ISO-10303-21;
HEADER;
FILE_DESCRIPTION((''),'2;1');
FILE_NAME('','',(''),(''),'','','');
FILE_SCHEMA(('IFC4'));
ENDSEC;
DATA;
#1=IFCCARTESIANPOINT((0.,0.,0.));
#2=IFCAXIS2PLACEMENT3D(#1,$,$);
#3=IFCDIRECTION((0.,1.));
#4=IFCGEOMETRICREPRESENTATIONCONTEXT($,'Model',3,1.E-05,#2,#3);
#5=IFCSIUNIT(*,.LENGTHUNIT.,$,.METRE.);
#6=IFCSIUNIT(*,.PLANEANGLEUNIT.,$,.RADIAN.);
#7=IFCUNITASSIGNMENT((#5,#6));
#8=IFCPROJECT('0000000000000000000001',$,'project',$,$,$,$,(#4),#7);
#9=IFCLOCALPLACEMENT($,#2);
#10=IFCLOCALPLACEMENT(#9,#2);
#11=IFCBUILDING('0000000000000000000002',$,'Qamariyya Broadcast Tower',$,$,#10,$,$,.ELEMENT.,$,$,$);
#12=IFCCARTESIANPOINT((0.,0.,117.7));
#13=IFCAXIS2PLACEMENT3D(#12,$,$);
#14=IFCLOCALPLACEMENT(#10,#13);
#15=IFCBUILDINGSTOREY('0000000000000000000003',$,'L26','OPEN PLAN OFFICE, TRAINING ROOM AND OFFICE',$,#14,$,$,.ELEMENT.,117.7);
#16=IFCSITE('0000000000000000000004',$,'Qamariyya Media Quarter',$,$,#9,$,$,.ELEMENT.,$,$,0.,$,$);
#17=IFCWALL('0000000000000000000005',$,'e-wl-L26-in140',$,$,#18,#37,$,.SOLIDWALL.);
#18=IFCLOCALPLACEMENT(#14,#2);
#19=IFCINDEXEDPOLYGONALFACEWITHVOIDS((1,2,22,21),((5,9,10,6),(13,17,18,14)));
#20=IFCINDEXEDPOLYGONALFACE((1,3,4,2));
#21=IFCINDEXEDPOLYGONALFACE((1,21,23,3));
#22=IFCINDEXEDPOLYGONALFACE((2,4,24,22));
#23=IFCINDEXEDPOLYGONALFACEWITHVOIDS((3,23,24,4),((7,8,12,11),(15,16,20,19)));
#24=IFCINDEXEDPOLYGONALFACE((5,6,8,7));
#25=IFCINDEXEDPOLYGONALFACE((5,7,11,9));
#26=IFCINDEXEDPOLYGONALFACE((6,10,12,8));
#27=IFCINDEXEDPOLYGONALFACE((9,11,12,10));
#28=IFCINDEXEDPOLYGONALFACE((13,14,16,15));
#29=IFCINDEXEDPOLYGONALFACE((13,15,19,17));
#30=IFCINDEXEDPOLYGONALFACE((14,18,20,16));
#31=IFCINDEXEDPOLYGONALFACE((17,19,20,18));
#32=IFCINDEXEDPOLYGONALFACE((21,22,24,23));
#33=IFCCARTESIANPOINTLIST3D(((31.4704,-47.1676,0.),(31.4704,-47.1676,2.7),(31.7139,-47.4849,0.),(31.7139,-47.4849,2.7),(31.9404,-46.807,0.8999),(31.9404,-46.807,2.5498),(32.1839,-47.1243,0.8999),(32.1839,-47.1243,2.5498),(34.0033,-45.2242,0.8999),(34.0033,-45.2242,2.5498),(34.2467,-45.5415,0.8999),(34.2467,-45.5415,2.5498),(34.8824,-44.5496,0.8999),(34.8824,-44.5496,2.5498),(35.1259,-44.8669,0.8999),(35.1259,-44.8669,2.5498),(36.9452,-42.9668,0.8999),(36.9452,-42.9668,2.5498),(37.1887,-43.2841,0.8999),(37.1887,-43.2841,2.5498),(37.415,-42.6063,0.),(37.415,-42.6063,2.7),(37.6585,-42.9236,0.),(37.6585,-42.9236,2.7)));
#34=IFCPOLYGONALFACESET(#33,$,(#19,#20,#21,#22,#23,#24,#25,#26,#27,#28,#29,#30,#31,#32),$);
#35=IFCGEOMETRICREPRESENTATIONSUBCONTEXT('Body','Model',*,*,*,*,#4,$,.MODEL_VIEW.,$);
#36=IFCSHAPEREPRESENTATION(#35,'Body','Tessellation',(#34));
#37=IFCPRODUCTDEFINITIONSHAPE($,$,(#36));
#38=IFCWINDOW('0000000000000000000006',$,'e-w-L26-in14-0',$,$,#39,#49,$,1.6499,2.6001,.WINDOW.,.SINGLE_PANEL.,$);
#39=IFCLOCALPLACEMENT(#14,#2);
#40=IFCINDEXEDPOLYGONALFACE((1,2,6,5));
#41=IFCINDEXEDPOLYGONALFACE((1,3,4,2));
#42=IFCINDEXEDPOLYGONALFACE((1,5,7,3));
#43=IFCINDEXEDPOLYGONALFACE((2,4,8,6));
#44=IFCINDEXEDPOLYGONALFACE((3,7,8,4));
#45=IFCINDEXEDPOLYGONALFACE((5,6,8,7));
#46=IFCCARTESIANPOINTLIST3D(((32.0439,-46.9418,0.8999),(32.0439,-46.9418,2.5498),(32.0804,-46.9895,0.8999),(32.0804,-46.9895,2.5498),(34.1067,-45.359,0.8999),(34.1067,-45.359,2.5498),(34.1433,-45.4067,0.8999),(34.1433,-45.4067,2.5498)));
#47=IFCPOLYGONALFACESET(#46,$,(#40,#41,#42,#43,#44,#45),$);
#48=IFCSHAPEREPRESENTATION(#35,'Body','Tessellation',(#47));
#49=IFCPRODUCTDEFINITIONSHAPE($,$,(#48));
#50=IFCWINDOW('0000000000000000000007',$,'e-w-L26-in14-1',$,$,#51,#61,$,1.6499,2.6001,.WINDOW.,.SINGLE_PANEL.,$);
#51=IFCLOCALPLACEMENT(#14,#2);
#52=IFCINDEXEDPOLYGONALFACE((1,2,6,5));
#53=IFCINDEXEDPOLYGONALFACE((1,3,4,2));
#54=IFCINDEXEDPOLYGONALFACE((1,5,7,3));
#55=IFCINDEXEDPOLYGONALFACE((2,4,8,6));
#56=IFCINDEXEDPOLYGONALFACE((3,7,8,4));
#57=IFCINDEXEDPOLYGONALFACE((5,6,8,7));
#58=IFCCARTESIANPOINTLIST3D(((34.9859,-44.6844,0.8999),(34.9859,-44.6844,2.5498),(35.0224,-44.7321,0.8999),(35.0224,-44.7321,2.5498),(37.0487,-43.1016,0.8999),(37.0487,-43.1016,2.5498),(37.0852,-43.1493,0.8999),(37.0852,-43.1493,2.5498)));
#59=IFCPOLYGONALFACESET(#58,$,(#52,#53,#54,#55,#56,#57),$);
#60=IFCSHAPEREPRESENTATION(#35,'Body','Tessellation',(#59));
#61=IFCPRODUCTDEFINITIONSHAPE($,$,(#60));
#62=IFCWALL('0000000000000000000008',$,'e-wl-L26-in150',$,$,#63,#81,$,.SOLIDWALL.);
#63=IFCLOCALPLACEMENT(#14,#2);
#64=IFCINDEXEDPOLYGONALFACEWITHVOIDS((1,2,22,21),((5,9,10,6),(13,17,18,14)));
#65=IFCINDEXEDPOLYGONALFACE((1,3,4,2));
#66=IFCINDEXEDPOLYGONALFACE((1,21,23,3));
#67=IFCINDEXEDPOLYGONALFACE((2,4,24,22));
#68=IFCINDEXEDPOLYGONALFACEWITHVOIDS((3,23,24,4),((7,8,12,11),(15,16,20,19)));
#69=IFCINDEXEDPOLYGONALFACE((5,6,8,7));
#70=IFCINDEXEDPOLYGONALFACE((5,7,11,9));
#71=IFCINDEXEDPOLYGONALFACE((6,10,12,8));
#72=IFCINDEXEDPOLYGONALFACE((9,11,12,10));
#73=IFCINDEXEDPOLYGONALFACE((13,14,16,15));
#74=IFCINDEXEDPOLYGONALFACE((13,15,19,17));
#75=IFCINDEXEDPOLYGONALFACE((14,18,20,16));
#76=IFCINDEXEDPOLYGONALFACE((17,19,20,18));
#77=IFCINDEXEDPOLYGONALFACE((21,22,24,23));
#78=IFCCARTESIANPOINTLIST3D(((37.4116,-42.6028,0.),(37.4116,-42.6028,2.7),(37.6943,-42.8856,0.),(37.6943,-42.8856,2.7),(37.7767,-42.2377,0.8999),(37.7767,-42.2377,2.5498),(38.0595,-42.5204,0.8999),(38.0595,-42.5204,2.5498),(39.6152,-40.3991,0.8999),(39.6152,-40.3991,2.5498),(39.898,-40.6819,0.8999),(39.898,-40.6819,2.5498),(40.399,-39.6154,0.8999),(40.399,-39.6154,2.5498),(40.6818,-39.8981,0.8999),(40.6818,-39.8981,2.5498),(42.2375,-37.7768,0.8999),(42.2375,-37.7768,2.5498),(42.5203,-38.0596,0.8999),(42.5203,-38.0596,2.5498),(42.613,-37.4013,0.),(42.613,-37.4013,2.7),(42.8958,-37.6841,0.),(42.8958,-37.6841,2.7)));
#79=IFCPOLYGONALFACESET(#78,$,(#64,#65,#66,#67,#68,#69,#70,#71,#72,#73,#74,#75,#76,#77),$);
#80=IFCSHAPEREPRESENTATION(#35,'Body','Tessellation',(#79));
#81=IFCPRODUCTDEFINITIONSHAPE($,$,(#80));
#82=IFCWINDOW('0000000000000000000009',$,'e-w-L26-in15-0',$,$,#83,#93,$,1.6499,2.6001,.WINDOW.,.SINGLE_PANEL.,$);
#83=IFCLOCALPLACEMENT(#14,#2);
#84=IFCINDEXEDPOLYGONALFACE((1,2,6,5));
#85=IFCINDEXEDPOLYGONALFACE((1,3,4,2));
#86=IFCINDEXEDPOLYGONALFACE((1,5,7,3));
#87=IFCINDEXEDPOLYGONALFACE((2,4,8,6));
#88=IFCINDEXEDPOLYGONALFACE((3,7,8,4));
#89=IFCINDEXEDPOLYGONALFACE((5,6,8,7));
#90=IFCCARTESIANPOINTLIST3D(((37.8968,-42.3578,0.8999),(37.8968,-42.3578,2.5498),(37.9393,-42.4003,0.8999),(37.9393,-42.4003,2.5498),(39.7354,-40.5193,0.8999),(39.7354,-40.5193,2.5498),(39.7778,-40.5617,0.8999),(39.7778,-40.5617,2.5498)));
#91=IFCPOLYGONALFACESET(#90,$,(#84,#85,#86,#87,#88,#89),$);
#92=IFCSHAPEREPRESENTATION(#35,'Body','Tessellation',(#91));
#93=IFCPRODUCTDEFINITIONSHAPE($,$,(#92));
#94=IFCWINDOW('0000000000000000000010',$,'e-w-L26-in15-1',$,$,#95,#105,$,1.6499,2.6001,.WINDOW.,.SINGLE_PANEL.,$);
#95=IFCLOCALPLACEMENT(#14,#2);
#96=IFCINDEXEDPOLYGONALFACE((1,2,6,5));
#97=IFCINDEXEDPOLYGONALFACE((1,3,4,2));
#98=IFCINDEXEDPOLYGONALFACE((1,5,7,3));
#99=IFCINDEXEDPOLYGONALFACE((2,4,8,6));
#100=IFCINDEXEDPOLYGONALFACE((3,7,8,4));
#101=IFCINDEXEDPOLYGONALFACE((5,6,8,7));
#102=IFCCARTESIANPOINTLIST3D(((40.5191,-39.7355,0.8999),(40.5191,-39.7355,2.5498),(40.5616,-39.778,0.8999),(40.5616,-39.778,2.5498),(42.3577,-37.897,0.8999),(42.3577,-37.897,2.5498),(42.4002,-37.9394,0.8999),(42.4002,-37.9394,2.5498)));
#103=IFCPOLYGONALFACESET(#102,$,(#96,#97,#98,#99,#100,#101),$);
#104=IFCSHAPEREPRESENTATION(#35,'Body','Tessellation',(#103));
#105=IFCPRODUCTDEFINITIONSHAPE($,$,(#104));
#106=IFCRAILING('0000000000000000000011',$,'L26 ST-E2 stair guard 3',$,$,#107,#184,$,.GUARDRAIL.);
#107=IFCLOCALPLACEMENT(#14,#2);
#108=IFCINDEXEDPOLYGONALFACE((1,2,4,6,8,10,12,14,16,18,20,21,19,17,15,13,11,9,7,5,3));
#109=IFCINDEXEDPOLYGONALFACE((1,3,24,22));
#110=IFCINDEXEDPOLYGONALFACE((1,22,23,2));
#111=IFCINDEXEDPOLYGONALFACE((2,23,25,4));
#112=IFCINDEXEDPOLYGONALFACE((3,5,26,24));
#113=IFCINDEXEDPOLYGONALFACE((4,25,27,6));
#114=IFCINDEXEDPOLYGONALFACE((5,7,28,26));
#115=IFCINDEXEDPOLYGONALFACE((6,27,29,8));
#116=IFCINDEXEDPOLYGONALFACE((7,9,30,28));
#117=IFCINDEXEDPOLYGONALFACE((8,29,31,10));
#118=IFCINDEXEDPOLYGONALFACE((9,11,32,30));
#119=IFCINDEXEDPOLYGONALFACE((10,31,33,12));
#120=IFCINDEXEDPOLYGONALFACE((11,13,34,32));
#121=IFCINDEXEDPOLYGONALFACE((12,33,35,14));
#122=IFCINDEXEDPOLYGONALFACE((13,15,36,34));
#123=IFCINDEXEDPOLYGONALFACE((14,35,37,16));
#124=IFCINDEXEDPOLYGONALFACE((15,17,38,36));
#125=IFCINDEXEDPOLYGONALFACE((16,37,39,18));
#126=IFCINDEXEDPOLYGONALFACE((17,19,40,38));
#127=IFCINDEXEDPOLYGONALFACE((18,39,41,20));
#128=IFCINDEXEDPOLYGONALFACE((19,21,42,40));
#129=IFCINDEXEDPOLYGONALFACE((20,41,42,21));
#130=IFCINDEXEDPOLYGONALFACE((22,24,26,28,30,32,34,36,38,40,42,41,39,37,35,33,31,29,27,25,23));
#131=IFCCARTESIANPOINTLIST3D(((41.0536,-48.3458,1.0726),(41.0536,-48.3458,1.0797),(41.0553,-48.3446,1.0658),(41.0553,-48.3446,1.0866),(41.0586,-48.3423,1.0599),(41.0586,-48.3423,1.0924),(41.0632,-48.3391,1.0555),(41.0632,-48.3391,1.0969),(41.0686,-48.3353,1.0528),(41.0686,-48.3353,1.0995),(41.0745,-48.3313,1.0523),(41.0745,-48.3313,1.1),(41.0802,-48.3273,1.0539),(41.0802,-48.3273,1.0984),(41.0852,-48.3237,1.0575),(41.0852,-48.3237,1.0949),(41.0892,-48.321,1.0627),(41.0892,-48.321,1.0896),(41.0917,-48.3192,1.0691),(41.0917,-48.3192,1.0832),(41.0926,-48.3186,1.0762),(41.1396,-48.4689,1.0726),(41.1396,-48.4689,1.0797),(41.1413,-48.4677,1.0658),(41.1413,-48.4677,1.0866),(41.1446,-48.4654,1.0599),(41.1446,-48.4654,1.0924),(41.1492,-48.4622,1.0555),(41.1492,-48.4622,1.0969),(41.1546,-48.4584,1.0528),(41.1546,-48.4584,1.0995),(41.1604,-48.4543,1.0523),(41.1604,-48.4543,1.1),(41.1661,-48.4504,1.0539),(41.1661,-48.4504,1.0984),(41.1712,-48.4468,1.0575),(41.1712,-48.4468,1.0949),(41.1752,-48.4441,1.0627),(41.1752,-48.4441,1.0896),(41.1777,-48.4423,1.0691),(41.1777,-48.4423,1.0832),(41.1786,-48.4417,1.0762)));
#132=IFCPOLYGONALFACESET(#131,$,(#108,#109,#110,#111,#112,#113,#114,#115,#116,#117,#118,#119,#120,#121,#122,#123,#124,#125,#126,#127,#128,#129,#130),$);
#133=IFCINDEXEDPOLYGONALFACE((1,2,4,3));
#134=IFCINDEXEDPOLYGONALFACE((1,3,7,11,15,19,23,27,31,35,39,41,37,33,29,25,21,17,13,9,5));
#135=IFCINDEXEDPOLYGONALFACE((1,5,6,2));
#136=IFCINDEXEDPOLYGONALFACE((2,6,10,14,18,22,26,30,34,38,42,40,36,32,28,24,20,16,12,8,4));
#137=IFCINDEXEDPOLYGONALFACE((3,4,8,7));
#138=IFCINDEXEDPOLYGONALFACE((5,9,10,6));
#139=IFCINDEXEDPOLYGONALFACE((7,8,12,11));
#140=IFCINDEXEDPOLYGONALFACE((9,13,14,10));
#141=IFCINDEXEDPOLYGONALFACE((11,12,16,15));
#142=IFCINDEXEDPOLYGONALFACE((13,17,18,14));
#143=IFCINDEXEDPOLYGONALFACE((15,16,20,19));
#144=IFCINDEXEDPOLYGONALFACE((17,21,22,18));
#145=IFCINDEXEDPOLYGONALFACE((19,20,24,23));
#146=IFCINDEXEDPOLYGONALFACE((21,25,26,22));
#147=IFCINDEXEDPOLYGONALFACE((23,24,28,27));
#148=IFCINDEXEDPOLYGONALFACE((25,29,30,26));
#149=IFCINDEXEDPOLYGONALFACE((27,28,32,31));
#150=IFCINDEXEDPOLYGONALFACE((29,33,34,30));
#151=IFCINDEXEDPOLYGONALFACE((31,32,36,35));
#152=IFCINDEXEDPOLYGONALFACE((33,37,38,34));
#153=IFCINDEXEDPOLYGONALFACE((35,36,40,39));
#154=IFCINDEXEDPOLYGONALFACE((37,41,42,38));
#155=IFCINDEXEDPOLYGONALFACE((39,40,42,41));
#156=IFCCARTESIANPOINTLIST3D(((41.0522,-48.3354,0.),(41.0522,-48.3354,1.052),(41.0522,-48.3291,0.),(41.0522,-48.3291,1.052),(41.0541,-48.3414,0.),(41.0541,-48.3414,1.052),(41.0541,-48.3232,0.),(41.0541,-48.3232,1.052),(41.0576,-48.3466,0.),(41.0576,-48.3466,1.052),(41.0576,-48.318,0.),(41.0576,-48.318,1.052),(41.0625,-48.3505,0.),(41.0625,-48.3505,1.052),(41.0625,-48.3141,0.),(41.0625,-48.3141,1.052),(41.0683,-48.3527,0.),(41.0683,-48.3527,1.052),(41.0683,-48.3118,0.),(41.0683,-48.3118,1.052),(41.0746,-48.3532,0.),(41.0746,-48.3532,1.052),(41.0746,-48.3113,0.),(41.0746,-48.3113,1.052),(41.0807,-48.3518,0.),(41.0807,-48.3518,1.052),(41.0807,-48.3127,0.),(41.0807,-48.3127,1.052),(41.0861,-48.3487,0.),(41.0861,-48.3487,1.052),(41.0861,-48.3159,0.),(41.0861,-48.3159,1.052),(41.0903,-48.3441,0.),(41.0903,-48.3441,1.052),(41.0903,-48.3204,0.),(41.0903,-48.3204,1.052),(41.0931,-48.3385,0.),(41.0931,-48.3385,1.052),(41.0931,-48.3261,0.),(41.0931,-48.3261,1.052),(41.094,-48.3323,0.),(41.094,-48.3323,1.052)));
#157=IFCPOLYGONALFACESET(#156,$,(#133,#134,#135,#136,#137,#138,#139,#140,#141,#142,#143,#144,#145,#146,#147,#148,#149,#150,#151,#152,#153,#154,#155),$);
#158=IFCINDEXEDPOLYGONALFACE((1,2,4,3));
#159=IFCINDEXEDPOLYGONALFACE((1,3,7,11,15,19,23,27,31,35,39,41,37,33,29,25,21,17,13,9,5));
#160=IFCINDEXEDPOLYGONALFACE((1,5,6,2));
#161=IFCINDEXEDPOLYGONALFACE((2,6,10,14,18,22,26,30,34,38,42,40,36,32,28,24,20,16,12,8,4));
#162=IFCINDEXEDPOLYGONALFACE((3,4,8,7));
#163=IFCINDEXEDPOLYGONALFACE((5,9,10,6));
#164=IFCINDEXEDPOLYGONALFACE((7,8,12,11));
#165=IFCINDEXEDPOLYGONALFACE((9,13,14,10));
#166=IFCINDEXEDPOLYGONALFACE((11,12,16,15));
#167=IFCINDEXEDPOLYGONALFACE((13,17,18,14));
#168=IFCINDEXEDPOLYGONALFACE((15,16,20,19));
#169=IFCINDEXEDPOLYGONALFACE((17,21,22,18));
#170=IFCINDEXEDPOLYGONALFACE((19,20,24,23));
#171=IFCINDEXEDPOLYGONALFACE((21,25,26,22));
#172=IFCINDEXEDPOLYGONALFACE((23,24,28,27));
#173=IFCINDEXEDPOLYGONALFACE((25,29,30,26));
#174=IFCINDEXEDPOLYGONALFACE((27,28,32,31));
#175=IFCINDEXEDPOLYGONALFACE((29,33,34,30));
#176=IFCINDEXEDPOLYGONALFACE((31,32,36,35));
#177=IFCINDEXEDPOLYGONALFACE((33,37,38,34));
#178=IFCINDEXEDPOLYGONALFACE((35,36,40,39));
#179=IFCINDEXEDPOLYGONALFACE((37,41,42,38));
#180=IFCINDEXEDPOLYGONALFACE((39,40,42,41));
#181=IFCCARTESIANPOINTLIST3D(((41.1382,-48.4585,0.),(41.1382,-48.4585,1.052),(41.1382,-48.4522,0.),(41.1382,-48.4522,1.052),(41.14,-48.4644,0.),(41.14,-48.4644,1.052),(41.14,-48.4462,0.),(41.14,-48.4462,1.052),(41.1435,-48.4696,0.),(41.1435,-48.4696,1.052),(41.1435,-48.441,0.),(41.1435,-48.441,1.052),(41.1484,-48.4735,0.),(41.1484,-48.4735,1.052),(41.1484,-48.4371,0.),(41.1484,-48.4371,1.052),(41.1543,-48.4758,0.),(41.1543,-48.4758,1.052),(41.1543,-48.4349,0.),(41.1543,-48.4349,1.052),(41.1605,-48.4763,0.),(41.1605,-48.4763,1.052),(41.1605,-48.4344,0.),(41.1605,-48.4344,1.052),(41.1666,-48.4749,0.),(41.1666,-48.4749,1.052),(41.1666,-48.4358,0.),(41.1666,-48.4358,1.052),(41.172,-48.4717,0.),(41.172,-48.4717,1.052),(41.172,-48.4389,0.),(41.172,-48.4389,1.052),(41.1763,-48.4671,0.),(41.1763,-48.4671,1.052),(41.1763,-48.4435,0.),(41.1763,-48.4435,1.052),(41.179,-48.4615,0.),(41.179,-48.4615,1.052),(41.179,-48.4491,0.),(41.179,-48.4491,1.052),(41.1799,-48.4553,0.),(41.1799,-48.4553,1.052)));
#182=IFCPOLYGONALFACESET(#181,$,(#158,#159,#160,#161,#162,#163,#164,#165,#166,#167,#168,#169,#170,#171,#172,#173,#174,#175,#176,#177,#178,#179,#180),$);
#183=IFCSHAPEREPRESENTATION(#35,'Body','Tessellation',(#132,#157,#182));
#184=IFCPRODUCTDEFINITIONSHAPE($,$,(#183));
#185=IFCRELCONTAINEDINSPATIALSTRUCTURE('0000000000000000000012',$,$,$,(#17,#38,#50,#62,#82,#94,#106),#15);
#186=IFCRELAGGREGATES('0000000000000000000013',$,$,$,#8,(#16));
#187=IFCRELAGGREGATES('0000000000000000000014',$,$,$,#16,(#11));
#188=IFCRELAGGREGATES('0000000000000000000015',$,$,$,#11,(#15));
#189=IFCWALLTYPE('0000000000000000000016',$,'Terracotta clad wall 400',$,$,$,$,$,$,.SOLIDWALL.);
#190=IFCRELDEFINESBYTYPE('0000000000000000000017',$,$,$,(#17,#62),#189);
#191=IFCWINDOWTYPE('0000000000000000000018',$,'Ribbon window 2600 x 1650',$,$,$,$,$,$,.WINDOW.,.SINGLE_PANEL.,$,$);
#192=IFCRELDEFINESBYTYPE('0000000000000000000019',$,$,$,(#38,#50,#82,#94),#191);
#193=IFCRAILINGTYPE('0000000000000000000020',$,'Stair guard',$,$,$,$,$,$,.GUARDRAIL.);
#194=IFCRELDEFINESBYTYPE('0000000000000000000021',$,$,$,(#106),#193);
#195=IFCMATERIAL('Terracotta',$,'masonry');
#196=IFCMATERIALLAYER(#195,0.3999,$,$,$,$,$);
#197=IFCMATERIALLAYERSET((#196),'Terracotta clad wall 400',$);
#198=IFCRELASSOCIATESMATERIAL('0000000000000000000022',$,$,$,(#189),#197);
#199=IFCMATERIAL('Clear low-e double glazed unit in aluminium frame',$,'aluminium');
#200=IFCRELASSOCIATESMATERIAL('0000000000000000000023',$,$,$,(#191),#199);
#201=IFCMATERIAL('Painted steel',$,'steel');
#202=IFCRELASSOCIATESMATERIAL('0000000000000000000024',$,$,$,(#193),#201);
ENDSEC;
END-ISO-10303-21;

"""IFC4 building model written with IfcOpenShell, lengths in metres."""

from ifc_helpers import new_model, si_unit, direction, frame, frame_2d, origin, origin_2d, place, context, subcontext, project, spatial, rectangle, circle, extrude, material, layer, layer_set, type_object, element, fill, save


model = new_model("IFC4")

# Units and contexts
model_context = context("Model", 3, precision=1e-05, world=origin(), true_north=direction((0.0, 1.0)))
body_context = subcontext(model_context, "Body", "Model", "MODEL_VIEW")
ifc_project = project(units=[si_unit("LENGTHUNIT", "METRE"), si_unit("PLANEANGLEUNIT", "RADIAN")], contexts=[model_context])

# Site, building, storey
site_placement = place(None, origin())
site = spatial("IfcSite", under=ifc_project, at=site_placement, Name="Qamariyya Media Quarter", CompositionType="ELEMENT", RefElevation=0.0)
building_placement = place(site_placement, origin())
building = spatial("IfcBuilding", under=site, at=building_placement, Name="Qamariyya Broadcast Tower", CompositionType="ELEMENT")
storey_placement = place(building_placement, frame((0.0, 0.0, 117.7)))
storey = spatial("IfcBuildingStorey", under=building, at=storey_placement, Name="L26", Description="OPEN PLAN OFFICE, TRAINING ROOM AND OFFICE", CompositionType="ELEMENT", Elevation=117.7)

# Walls, openings, windows
ifc_material_1 = material(Name="Terracotta", Category="masonry")
ifc_layer_1 = layer(ifc_material_1, 0.3999)
ifc_layer_set_1 = layer_set([ifc_layer_1], Name="Terracotta clad wall 400")
wall_type_1 = type_object("IfcWallType", Name="Terracotta clad wall 400", PredefinedType="SOLIDWALL", material=ifc_layer_set_1)
ifc_material_2 = material(Name="Clear low-e double glazed unit in aluminium frame", Category="aluminium")
window_type = type_object("IfcWindowType", Name="Ribbon window 2600 x 1650", PartitioningType="SINGLE_PANEL", PredefinedType="WINDOW", material=ifc_material_2)
wall_1_placement = place(storey_placement, frame((37.5369, -42.7649, 0.0), z_axis=(0.0, 0.0, 1.0), x_axis=(-0.793363, -0.608748, 0.0)))
wall_1 = element("IfcWall", 1, at=wall_1_placement, inside=storey, type_object=wall_type_1, Name="e-wl-L26-in140", PredefinedType="SOLIDWALL", context=body_context, shape_type="SweptSolid", body=[
    extrude(rectangle(XDim=7.4929, YDim=0.3999, at=frame_2d((3.7466, 0.0))), origin(), (0.0, 0.0, 1.0), 2.7),
])
opening_1_placement = place(wall_1_placement, frame((4.3005, 0.0, 0.8999)))
opening_1 = element("IfcOpeningElement", 2, at=opening_1_placement, cuts=wall_1, PredefinedType="OPENING", context=body_context, shape_type="SweptSolid", body=[
    extrude(rectangle(XDim=2.6001, YDim=1.6499, at=frame_2d((1.3, 0.825))), frame((0.0, 0.21, 0.0), z_axis=(0.0, -1.0, 0.0), x_axis=(1.0, 0.0, 0.0)), (0.0, 0.0, 1.0), 0.4199),
])
opening_2_placement = place(wall_1_placement, frame((0.5923, 0.0, 0.8999)))
opening_2 = element("IfcOpeningElement", 3, at=opening_2_placement, cuts=wall_1, PredefinedType="OPENING", context=body_context, shape_type="SweptSolid", body=[
    extrude(rectangle(XDim=2.6001, YDim=1.6499, at=frame_2d((1.3, 0.825))), frame((0.0, 0.21, 0.0), z_axis=(0.0, -1.0, 0.0), x_axis=(1.0, 0.0, 0.0)), (0.0, 0.0, 1.0), 0.4199),
])
window_1_placement = place(opening_1_placement, origin())
window_1 = element("IfcWindow", 4, at=window_1_placement, inside=storey, type_object=window_type, Name="e-w-L26-in14-0", OverallHeight=1.6499, OverallWidth=2.6001, PartitioningType="SINGLE_PANEL", PredefinedType="WINDOW", context=body_context, shape_type="SweptSolid", body=[
    extrude(rectangle(XDim=2.6001, YDim=1.6499, at=frame_2d((1.3, 0.825))), frame((0.0, 0.03, 0.0), z_axis=(0.0, -1.0, 0.0), x_axis=(1.0, 0.0, 0.0)), (0.0, 0.0, 1.0), 0.0601),
])
fill(opening_1, window_1)
window_2_placement = place(opening_2_placement, origin())
window_2 = element("IfcWindow", 5, at=window_2_placement, inside=storey, type_object=window_type, Name="e-w-L26-in14-1", OverallHeight=1.6499, OverallWidth=2.6001, PartitioningType="SINGLE_PANEL", PredefinedType="WINDOW", context=body_context, shape_type="SweptSolid", body=[
    extrude(rectangle(XDim=2.6001, YDim=1.6499, at=frame_2d((1.3, 0.825))), frame((0.0, 0.03, 0.0), z_axis=(0.0, -1.0, 0.0), x_axis=(1.0, 0.0, 0.0)), (0.0, 0.0, 1.0), 0.0601),
])
fill(opening_2, window_2)
wall_2_placement = place(storey_placement, frame((42.7544, -37.5427, 0.0), z_axis=(0.0, 0.0, 1.0), x_axis=(-0.707107, -0.707107, 0.0)))
wall_2 = element("IfcWall", 6, at=wall_2_placement, inside=storey, type_object=wall_type_1, Name="e-wl-L26-in150", PredefinedType="SOLIDWALL", context=body_context, shape_type="SweptSolid", body=[
    extrude(rectangle(XDim=7.356, YDim=0.3999, at=frame_2d((3.678, 0.0))), origin(), (0.0, 0.0, 1.0), 2.7),
])
opening_3_placement = place(wall_2_placement, frame((4.2395, 0.0, 0.8999)))
opening_3 = element("IfcOpeningElement", 7, at=opening_3_placement, cuts=wall_2, PredefinedType="OPENING", context=body_context, shape_type="SweptSolid", body=[
    extrude(rectangle(XDim=2.6001, YDim=1.6499, at=frame_2d((1.3, 0.825))), frame((0.0, 0.21, 0.0), z_axis=(0.0, -1.0, 0.0), x_axis=(1.0, 0.0, 0.0)), (0.0, 0.0, 1.0), 0.4199),
])
opening_4_placement = place(wall_2_placement, frame((0.531, 0.0, 0.8999)))
opening_4 = element("IfcOpeningElement", 8, at=opening_4_placement, cuts=wall_2, PredefinedType="OPENING", context=body_context, shape_type="SweptSolid", body=[
    extrude(rectangle(XDim=2.6001, YDim=1.6499, at=frame_2d((1.3, 0.825))), frame((0.0, 0.21, 0.0), z_axis=(0.0, -1.0, 0.0), x_axis=(1.0, 0.0, 0.0)), (0.0, 0.0, 1.0), 0.4199),
])
window_3_placement = place(opening_3_placement, origin())
window_3 = element("IfcWindow", 9, at=window_3_placement, inside=storey, type_object=window_type, Name="e-w-L26-in15-0", OverallHeight=1.6499, OverallWidth=2.6001, PartitioningType="SINGLE_PANEL", PredefinedType="WINDOW", context=body_context, shape_type="SweptSolid", body=[
    extrude(rectangle(XDim=2.6001, YDim=1.6499, at=frame_2d((1.3, 0.825))), frame((0.0, 0.03, 0.0), z_axis=(0.0, -1.0, 0.0), x_axis=(1.0, 0.0, 0.0)), (0.0, 0.0, 1.0), 0.0601),
])
fill(opening_3, window_3)
window_4_placement = place(opening_4_placement, origin())
window_4 = element("IfcWindow", 10, at=window_4_placement, inside=storey, type_object=window_type, Name="e-w-L26-in15-1", OverallHeight=1.6499, OverallWidth=2.6001, PartitioningType="SINGLE_PANEL", PredefinedType="WINDOW", context=body_context, shape_type="SweptSolid", body=[
    extrude(rectangle(XDim=2.6001, YDim=1.6499, at=frame_2d((1.3, 0.825))), frame((0.0, 0.03, 0.0), z_axis=(0.0, -1.0, 0.0), x_axis=(1.0, 0.0, 0.0)), (0.0, 0.0, 1.0), 0.0601),
])
fill(opening_4, window_4)

# Railing
ifc_material_3 = material(Name="Painted steel", Category="steel")
railing_type_1 = type_object("IfcRailingType", Name="Stair guard", PredefinedType="GUARDRAIL", material=ifc_material_3)
railing_1_placement = place(storey_placement, frame((41.073, -48.3323, 0.0)))
element("IfcRailing", 11, at=railing_1_placement, inside=storey, type_object=railing_type_1, Name="L26 ST-E2 stair guard 3", PredefinedType="GUARDRAIL", context=body_context, shape_type="SweptSolid", body=[
    extrude(circle(Radius=0.0239, at=origin_2d()), frame((0.0, 0.0, 1.0762), z_axis=(0.572589, -0.819843, 0.0), x_axis=(0.819843, 0.572589, 0.0)), (0.0, 0.0, 1.0), 0.1501),
    extrude(circle(Radius=0.021, at=origin_2d()), origin(), (0.0, 0.0, 1.0), 1.052),
    extrude(circle(Radius=0.021, at=origin_2d()), frame((0.0859, -0.123, 0.0)), (0.0, 0.0, 1.0), 1.052),
])

save(model, "model.ifc")
